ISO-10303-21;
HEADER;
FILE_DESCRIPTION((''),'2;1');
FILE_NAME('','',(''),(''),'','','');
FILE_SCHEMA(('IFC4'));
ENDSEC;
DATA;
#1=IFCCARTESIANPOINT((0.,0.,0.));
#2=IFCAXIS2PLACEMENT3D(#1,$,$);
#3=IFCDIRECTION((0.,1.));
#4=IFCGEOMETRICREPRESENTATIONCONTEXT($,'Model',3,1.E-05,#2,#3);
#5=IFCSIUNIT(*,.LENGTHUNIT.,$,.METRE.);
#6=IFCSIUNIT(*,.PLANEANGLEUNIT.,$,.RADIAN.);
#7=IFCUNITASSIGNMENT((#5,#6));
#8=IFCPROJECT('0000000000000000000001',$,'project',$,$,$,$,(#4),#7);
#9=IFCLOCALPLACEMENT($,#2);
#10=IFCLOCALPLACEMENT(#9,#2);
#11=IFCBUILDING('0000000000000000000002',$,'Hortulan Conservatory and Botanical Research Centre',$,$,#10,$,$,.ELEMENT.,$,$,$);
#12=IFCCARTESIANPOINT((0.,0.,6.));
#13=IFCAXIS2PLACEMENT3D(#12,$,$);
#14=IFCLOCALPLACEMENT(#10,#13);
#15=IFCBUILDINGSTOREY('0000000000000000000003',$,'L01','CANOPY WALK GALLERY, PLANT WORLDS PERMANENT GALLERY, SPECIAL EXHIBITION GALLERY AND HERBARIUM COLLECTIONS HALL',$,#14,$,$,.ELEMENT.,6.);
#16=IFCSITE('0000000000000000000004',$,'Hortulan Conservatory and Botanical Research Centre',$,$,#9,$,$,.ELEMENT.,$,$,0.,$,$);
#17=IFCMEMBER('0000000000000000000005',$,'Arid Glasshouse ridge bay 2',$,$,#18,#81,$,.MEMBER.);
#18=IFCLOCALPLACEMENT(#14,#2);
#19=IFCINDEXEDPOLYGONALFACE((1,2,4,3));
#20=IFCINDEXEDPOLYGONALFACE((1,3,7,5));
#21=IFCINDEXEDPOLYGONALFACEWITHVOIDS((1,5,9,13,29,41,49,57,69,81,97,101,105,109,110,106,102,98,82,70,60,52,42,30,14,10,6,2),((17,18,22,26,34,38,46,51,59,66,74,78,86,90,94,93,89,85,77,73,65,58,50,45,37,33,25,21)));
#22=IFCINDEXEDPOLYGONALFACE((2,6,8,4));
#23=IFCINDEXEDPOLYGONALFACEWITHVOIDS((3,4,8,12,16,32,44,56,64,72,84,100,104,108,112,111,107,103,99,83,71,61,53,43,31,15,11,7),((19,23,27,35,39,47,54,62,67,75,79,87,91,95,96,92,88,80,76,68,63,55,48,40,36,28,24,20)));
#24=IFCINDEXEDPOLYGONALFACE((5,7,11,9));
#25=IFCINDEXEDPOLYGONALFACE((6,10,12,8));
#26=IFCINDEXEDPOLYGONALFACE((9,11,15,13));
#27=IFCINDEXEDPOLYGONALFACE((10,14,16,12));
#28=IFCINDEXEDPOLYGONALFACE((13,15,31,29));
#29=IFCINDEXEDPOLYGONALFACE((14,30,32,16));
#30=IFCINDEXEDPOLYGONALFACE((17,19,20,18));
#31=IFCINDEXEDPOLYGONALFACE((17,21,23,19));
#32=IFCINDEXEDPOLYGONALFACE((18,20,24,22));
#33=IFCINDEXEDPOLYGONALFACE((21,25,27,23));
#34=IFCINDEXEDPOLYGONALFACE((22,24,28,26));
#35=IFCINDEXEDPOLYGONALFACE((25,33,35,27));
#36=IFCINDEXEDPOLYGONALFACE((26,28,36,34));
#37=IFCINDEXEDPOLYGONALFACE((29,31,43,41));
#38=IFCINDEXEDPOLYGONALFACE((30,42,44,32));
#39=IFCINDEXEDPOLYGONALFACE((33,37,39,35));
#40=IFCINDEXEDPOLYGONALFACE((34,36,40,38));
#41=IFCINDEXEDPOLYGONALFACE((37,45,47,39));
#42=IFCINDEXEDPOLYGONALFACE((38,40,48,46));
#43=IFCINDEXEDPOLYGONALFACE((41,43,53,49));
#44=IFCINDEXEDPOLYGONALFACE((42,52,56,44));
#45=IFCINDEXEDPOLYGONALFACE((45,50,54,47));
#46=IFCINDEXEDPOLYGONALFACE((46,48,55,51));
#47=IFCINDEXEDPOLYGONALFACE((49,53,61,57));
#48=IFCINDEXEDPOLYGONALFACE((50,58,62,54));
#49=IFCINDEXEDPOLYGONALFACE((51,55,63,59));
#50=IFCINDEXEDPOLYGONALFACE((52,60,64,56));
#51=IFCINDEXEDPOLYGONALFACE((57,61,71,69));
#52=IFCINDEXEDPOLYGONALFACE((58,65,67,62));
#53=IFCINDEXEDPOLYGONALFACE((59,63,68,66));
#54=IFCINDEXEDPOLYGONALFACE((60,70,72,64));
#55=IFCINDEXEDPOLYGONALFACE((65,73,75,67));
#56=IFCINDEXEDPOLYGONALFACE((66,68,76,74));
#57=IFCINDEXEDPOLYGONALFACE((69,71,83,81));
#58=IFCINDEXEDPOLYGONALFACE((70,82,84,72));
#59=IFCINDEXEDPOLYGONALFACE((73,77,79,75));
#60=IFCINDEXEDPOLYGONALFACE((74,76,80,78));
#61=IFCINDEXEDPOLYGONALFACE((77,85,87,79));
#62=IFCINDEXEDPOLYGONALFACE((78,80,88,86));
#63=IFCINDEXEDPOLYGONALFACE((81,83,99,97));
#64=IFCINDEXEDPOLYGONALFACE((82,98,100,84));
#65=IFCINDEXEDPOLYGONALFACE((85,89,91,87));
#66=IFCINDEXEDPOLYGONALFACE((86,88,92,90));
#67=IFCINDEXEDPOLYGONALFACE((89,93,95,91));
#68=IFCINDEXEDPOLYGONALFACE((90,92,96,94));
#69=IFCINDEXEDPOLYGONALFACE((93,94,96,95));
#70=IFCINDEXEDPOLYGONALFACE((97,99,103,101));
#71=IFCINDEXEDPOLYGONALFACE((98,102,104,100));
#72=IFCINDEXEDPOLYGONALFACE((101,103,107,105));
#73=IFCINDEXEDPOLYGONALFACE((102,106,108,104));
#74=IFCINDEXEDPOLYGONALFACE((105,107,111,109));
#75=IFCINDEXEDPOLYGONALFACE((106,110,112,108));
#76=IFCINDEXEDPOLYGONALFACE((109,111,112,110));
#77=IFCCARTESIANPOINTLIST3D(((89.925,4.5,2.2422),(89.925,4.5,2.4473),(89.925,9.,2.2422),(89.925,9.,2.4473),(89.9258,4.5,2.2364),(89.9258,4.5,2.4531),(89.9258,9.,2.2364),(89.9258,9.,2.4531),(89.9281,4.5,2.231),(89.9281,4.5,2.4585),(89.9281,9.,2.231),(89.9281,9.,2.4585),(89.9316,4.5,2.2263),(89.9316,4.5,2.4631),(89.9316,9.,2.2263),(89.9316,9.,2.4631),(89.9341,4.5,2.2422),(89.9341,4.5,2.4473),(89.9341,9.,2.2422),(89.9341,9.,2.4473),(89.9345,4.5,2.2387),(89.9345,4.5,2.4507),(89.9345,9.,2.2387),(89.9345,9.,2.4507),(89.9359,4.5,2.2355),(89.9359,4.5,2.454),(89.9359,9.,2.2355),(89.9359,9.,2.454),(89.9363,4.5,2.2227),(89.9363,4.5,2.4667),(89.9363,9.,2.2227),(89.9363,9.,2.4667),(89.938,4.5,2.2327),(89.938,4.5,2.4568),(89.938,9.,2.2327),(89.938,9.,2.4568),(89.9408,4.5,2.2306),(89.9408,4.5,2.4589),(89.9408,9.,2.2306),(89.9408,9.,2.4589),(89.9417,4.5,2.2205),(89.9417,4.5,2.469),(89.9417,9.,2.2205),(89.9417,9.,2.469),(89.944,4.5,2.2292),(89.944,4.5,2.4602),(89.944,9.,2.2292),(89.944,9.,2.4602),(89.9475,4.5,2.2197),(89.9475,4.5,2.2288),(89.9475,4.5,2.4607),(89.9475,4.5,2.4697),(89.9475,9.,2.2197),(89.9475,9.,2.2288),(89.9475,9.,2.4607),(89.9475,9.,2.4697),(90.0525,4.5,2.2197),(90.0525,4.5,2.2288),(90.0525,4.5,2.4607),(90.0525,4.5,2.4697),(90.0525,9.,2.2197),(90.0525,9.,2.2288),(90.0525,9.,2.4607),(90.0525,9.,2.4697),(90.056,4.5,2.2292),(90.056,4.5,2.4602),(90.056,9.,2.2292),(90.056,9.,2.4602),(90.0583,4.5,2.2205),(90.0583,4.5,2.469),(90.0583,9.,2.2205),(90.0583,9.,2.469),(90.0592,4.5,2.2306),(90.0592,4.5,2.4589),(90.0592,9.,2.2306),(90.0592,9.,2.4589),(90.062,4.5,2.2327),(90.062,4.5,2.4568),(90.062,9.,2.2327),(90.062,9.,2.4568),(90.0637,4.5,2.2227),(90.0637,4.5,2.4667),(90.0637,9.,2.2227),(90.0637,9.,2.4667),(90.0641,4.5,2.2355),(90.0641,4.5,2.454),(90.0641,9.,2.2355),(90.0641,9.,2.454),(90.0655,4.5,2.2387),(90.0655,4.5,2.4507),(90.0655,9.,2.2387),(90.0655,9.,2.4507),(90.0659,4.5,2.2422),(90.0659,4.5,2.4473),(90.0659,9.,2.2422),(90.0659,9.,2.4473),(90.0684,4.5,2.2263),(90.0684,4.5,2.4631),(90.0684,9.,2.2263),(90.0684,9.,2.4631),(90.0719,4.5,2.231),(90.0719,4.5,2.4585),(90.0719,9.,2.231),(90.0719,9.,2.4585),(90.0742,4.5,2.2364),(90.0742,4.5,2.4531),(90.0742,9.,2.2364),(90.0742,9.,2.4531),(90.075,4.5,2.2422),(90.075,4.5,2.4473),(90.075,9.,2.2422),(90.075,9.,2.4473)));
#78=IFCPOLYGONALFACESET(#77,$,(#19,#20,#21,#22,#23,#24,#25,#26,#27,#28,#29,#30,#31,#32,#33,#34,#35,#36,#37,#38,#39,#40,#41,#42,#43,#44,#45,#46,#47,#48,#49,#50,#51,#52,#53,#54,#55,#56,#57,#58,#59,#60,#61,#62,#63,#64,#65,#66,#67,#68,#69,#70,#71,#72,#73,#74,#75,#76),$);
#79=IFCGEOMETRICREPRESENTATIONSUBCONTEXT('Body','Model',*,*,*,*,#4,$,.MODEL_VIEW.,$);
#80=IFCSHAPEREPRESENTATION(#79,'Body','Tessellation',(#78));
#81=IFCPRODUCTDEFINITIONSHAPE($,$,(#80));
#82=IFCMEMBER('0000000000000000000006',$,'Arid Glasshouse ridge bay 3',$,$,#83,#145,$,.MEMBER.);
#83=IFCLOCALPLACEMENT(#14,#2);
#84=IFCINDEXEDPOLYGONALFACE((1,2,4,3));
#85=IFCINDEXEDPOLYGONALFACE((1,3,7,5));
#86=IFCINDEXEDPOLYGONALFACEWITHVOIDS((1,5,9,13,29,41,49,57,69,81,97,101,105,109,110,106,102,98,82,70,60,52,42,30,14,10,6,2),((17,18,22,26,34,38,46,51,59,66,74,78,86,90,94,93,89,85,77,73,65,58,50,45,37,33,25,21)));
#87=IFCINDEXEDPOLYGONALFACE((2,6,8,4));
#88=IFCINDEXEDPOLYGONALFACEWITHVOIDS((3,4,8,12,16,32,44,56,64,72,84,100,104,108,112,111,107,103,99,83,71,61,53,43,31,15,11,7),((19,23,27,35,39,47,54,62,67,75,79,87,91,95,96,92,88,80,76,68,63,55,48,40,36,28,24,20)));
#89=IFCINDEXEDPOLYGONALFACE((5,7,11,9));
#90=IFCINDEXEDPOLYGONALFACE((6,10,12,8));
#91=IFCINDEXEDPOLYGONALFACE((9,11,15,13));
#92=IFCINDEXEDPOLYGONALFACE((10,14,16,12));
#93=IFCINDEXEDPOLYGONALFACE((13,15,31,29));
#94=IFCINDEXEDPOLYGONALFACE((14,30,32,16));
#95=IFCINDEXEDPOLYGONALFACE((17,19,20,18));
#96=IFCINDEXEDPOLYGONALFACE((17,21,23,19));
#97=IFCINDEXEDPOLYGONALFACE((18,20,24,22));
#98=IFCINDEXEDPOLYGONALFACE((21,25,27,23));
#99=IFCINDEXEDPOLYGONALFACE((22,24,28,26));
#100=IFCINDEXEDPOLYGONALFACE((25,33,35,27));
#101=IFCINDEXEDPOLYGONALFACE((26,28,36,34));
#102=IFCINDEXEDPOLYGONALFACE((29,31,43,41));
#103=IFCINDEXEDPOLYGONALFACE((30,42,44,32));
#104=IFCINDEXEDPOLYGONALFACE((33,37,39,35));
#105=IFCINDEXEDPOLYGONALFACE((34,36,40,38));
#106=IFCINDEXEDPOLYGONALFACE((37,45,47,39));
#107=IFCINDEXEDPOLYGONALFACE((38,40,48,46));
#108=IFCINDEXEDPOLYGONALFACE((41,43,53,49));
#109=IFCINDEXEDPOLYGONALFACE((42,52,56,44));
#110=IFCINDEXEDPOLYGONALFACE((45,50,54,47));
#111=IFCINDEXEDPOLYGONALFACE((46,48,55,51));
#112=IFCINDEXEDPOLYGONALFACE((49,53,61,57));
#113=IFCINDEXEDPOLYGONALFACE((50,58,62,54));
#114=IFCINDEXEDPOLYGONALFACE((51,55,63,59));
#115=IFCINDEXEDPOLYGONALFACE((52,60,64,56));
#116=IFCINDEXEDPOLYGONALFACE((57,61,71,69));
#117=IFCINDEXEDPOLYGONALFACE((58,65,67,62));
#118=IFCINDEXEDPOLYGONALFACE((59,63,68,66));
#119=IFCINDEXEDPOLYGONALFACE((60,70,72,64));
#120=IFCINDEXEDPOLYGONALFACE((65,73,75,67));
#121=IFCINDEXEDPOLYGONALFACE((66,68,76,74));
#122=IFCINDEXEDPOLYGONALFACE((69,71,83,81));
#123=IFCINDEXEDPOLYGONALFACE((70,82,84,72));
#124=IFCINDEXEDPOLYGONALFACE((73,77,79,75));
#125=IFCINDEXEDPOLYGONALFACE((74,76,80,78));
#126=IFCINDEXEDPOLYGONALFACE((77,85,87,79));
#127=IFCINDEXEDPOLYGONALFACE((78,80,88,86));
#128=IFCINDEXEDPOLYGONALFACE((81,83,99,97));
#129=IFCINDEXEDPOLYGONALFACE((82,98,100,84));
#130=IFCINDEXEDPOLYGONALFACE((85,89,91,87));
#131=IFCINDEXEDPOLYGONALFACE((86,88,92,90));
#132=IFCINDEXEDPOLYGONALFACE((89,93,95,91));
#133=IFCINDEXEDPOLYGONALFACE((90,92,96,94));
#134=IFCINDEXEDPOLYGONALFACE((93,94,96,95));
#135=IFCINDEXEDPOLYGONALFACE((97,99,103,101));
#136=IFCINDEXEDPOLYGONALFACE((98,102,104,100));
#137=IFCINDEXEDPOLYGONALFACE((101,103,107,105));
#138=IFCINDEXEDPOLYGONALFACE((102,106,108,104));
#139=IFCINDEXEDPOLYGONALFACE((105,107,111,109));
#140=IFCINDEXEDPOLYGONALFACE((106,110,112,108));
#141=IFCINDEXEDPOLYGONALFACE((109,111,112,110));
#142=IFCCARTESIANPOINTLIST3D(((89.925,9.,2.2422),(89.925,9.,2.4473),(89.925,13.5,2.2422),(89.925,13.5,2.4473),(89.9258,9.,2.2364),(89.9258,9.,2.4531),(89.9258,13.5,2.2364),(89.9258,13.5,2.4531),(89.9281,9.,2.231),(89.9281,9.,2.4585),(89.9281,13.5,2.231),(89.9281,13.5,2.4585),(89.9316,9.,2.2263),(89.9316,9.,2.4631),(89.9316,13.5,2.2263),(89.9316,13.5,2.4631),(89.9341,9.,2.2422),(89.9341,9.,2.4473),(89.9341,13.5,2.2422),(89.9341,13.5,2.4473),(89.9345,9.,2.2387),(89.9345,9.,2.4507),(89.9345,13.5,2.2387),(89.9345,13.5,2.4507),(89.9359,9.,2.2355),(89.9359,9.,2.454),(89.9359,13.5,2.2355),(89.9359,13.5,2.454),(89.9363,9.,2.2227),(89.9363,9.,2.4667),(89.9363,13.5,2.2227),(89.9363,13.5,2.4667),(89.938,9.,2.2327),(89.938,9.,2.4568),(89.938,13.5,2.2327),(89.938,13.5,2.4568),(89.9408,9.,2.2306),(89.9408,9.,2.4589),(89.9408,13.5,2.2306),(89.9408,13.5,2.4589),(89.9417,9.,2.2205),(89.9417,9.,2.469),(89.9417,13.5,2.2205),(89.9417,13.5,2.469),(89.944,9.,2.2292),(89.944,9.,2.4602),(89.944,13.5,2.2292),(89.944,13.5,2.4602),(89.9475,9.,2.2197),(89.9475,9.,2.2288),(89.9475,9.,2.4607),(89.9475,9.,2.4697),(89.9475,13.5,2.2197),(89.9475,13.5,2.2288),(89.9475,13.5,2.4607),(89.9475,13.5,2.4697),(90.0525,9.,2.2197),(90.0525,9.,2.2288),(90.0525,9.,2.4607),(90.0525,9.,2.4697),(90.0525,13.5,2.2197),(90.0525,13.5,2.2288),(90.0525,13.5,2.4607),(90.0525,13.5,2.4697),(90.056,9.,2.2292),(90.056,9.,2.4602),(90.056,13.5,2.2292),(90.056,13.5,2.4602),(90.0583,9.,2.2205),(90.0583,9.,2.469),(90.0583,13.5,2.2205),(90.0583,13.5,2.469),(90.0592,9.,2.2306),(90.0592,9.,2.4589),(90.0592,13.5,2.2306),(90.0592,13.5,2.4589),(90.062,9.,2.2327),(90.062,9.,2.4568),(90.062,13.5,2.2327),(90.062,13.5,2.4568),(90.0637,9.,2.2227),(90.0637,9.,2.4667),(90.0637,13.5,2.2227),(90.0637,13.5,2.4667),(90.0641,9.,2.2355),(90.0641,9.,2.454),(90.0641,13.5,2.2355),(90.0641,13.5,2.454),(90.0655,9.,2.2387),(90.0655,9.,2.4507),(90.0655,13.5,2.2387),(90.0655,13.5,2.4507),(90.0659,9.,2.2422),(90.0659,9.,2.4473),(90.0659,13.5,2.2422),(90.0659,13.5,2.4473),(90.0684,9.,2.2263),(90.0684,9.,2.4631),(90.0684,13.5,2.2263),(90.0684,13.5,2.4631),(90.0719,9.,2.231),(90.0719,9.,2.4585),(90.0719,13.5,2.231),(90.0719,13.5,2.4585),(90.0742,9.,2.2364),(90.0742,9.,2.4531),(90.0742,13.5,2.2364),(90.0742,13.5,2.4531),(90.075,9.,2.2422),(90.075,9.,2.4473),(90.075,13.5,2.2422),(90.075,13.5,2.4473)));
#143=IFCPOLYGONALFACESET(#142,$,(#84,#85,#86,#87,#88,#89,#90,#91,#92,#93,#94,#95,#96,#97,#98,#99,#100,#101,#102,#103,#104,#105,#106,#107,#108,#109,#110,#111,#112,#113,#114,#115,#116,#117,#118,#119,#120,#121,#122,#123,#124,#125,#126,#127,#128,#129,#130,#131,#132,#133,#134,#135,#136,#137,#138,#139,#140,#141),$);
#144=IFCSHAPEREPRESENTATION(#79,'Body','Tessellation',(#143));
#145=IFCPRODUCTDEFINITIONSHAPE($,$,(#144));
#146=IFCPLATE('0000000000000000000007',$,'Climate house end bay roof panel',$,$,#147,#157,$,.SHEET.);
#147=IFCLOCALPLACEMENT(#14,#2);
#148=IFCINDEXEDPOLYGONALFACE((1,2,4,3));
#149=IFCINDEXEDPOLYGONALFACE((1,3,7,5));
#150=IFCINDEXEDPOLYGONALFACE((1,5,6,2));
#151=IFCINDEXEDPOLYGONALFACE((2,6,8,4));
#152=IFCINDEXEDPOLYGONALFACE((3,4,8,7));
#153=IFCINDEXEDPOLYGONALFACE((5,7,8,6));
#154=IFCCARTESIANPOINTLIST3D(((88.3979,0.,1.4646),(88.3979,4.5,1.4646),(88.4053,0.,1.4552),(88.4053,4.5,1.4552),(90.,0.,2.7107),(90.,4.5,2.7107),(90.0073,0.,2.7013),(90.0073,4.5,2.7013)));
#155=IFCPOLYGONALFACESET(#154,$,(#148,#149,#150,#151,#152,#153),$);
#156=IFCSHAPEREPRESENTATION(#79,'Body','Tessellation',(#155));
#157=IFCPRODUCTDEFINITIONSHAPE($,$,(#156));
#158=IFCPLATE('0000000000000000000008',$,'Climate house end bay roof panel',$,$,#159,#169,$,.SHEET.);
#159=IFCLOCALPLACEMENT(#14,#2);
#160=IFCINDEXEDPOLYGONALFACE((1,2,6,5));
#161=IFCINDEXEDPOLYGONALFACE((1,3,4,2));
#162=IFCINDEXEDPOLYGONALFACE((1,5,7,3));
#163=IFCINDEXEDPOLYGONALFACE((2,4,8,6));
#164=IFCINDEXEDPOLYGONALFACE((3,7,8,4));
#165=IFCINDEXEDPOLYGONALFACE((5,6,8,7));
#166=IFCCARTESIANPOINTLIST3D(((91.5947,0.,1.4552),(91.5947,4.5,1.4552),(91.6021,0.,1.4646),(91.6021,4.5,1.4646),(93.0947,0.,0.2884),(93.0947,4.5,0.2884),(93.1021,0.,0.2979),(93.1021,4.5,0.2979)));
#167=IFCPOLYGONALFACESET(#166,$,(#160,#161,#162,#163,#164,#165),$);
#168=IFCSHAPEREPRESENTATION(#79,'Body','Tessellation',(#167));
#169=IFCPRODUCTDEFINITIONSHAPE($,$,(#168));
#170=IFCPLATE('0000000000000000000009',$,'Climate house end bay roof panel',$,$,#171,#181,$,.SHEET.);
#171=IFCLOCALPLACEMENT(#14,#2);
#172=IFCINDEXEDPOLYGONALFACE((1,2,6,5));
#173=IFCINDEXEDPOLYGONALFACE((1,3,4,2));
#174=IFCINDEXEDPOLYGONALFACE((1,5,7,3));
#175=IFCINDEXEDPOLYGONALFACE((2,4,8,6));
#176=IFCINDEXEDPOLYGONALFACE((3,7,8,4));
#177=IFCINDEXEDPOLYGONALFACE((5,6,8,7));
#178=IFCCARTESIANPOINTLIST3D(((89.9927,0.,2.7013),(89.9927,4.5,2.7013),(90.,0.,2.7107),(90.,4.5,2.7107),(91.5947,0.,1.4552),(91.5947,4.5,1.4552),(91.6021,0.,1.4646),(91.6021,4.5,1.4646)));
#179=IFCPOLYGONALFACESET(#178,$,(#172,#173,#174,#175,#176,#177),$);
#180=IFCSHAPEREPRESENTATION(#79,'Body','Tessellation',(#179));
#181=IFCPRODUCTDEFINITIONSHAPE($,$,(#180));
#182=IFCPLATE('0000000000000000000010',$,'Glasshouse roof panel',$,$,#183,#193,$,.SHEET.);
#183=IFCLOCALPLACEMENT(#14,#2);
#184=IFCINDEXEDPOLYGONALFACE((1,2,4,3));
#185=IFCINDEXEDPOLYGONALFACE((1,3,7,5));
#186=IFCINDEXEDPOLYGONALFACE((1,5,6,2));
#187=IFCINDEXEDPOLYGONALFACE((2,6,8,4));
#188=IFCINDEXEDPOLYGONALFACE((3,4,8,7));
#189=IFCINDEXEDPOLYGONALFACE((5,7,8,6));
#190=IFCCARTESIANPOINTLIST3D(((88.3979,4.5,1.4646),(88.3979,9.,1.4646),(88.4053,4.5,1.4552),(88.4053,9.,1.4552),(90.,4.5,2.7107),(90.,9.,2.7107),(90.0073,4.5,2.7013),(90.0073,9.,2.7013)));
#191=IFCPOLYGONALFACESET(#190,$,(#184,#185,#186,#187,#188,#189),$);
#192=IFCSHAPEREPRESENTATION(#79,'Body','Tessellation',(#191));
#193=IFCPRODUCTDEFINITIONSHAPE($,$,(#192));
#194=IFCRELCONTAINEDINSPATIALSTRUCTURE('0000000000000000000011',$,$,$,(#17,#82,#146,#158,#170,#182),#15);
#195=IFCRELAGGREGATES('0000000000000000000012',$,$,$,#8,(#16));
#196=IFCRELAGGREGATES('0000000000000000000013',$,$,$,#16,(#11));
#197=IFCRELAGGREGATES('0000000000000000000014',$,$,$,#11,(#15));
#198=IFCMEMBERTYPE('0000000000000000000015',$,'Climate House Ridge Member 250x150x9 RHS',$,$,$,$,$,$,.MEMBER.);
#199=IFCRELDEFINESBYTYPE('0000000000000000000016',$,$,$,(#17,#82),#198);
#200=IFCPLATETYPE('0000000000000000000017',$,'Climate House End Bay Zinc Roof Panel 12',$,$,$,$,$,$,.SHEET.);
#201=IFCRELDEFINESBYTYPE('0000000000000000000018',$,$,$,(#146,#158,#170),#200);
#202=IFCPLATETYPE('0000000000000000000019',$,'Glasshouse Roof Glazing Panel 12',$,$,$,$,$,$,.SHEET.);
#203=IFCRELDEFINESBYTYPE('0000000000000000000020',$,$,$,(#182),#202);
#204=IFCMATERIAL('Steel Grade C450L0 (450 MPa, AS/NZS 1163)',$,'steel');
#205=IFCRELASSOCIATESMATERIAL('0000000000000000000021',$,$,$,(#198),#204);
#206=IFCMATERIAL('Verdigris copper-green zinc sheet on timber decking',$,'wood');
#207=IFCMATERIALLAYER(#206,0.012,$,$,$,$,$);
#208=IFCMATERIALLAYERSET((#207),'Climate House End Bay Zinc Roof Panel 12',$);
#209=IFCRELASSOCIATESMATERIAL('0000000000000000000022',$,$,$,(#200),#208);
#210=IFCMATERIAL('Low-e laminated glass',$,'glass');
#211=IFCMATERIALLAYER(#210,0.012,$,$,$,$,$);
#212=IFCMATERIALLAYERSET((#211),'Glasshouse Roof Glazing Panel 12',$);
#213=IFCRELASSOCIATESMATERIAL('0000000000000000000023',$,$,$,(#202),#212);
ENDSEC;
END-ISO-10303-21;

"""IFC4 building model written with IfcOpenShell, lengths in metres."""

from ifc_helpers import new_model, si_unit, direction, frame, origin, origin_2d, place, context, subcontext, project, spatial, polyline, hollow_rectangle, outline, extrude, material, layer, layer_set, material_profile, profile_set, type_object, element, save


model = new_model("IFC4")

# Units and contexts
model_context = context("Model", 3, precision=1e-05, world=origin(), true_north=direction((0.0, 1.0)))
body_context = subcontext(model_context, "Body", "Model", "MODEL_VIEW")
ifc_project = project(units=[si_unit("LENGTHUNIT", "METRE"), si_unit("PLANEANGLEUNIT", "RADIAN")], contexts=[model_context])

# Site, building, storey
site_placement = place(None, origin())
site = spatial("IfcSite", under=ifc_project, at=site_placement, Name="Hortulan Conservatory and Botanical Research Centre", CompositionType="ELEMENT", RefElevation=0.0)
building_placement = place(site_placement, origin())
building = spatial("IfcBuilding", under=site, at=building_placement, Name="Hortulan Conservatory and Botanical Research Centre", CompositionType="ELEMENT")
storey_placement = place(building_placement, frame((0.0, 0.0, 6.0)))
storey = spatial("IfcBuildingStorey", under=building, at=storey_placement, Name="L01", Description="CANOPY WALK GALLERY, PLANT WORLDS PERMANENT GALLERY, SPECIAL EXHIBITION GALLERY AND HERBARIUM COLLECTIONS HALL", CompositionType="ELEMENT", Elevation=6.0)

# Shared definitions
ifc_material_1 = material(Name="Steel Grade C450L0 (450 MPa, AS/NZS 1163)", Category="steel")

# Members
ifc_material_profile_1 = material_profile(ifc_material_1, hollow_rectangle(XDim=0.1499, YDim=0.25, WallThickness=0.009, InnerFilletRadius=0.0134, OuterFilletRadius=0.0225, at=origin_2d()), Name="250x150x9RHS")
ifc_profile_set_1 = profile_set([ifc_material_profile_1], Name="Steel Grade C450L0 (450 MPa, AS/NZS 1163)")
member_type_1 = type_object("IfcMemberType", Name="Climate House Ridge Member 250x150x9 RHS", PredefinedType="MEMBER", material=ifc_profile_set_1)
for number, where, z_axis, x_axis, name in (
    (1, (90.0, 4.5, 2.3447), (0.0, 1.0, 0.0), (-1.0, 0.0, 0.0), "Arid Glasshouse ridge bay 2"),
    (2, (90.0, 9.0, 2.3447), (0.0, 1.0, 0.0), (-1.0, 0.0, 0.0), "Arid Glasshouse ridge bay 3"),
):
    element("IfcMember", number, at=place(storey_placement, frame(where, z_axis=z_axis, x_axis=x_axis)), inside=storey, type_object=member_type_1, Name=name, PredefinedType="MEMBER", context=body_context, shape_type="SweptSolid", body=[
        extrude(hollow_rectangle(XDim=0.1499, YDim=0.25, WallThickness=0.009, InnerFilletRadius=0.0134, OuterFilletRadius=0.0225, at=origin_2d()), origin(), (0.0, 0.0, 1.0), 4.5),
    ])

# Plates
ifc_material_2 = material(Name="Verdigris copper-green zinc sheet on timber decking", Category="wood")
ifc_layer_1 = layer(ifc_material_2, 0.012)
ifc_layer_set_1 = layer_set([ifc_layer_1], Name="Climate House End Bay Zinc Roof Panel 12")
plate_type_1 = type_object("IfcPlateType", Name="Climate House End Bay Zinc Roof Panel 12", PredefinedType="SHEET", material=ifc_layer_set_1)
plate_1_placement = place(storey_placement, frame((88.3979, 0.0, 1.4646), z_axis=(-0.613957, 0.0, 0.789339), x_axis=(0.789339, 0.0, 0.613957)))
element("IfcPlate", 3, at=plate_1_placement, inside=storey, type_object=plate_type_1, Name="Climate house end bay roof panel", PredefinedType="SHEET", context=body_context, shape_type="SweptSolid", body=[
    extrude(outline(polyline([(0.0, 0.0), (2.0296, 0.0), (2.0296, 4.5), (0.0, 4.5), (0.0, 0.0)])), origin(), (0.0, 0.0, -1.0), 0.012),
])
plate_2_placement = place(storey_placement, frame((93.1021, 4.5, 0.2979), z_axis=(0.613967, 0.0, 0.789331), x_axis=(-0.789331, 0.0, 0.613967)))
element("IfcPlate", 4, at=plate_2_placement, inside=storey, type_object=plate_type_1, Name="Climate house end bay roof panel", PredefinedType="SHEET", context=body_context, shape_type="SweptSolid", body=[
    extrude(outline(polyline([(0.0, 0.0), (1.9003, 0.0), (1.9003, 4.5), (0.0, 4.5), (0.0, 0.0)])), origin(), (0.0, 0.0, -1.0), 0.012),
])
plate_3_placement = place(storey_placement, frame((91.6021, 4.5, 1.4646), z_axis=(0.613957, 0.0, 0.789339), x_axis=(-0.789339, 0.0, 0.613957)))
element("IfcPlate", 5, at=plate_3_placement, inside=storey, type_object=plate_type_1, Name="Climate house end bay roof panel", PredefinedType="SHEET", context=body_context, shape_type="SweptSolid", body=[
    extrude(outline(polyline([(0.0, 0.0), (2.0296, 0.0), (2.0296, 4.5), (0.0, 4.5), (0.0, 0.0)])), origin(), (0.0, 0.0, -1.0), 0.012),
])
ifc_material_3 = material(Name="Low-e laminated glass", Category="glass")
ifc_layer_2 = layer(ifc_material_3, 0.012)
ifc_layer_set_2 = layer_set([ifc_layer_2], Name="Glasshouse Roof Glazing Panel 12")
plate_type_2 = type_object("IfcPlateType", Name="Glasshouse Roof Glazing Panel 12", PredefinedType="SHEET", material=ifc_layer_set_2)
for number, where, z_axis, x_axis, name in (
    (6, (88.3979, 4.5, 1.4646), (-0.613957, 0.0, 0.789339), (0.789339, 0.0, 0.613957), "Glasshouse roof panel"),
):
    element("IfcPlate", number, at=place(storey_placement, frame(where, z_axis=z_axis, x_axis=x_axis)), inside=storey, type_object=plate_type_2, Name=name, PredefinedType="SHEET", context=body_context, shape_type="SweptSolid", body=[
        extrude(outline(polyline([(0.0, 0.0), (2.0296, 0.0), (2.0296, 4.5), (0.0, 4.5), (0.0, 0.0)])), origin(), (0.0, 0.0, -1.0), 0.012),
    ])

save(model, "model.ifc")
